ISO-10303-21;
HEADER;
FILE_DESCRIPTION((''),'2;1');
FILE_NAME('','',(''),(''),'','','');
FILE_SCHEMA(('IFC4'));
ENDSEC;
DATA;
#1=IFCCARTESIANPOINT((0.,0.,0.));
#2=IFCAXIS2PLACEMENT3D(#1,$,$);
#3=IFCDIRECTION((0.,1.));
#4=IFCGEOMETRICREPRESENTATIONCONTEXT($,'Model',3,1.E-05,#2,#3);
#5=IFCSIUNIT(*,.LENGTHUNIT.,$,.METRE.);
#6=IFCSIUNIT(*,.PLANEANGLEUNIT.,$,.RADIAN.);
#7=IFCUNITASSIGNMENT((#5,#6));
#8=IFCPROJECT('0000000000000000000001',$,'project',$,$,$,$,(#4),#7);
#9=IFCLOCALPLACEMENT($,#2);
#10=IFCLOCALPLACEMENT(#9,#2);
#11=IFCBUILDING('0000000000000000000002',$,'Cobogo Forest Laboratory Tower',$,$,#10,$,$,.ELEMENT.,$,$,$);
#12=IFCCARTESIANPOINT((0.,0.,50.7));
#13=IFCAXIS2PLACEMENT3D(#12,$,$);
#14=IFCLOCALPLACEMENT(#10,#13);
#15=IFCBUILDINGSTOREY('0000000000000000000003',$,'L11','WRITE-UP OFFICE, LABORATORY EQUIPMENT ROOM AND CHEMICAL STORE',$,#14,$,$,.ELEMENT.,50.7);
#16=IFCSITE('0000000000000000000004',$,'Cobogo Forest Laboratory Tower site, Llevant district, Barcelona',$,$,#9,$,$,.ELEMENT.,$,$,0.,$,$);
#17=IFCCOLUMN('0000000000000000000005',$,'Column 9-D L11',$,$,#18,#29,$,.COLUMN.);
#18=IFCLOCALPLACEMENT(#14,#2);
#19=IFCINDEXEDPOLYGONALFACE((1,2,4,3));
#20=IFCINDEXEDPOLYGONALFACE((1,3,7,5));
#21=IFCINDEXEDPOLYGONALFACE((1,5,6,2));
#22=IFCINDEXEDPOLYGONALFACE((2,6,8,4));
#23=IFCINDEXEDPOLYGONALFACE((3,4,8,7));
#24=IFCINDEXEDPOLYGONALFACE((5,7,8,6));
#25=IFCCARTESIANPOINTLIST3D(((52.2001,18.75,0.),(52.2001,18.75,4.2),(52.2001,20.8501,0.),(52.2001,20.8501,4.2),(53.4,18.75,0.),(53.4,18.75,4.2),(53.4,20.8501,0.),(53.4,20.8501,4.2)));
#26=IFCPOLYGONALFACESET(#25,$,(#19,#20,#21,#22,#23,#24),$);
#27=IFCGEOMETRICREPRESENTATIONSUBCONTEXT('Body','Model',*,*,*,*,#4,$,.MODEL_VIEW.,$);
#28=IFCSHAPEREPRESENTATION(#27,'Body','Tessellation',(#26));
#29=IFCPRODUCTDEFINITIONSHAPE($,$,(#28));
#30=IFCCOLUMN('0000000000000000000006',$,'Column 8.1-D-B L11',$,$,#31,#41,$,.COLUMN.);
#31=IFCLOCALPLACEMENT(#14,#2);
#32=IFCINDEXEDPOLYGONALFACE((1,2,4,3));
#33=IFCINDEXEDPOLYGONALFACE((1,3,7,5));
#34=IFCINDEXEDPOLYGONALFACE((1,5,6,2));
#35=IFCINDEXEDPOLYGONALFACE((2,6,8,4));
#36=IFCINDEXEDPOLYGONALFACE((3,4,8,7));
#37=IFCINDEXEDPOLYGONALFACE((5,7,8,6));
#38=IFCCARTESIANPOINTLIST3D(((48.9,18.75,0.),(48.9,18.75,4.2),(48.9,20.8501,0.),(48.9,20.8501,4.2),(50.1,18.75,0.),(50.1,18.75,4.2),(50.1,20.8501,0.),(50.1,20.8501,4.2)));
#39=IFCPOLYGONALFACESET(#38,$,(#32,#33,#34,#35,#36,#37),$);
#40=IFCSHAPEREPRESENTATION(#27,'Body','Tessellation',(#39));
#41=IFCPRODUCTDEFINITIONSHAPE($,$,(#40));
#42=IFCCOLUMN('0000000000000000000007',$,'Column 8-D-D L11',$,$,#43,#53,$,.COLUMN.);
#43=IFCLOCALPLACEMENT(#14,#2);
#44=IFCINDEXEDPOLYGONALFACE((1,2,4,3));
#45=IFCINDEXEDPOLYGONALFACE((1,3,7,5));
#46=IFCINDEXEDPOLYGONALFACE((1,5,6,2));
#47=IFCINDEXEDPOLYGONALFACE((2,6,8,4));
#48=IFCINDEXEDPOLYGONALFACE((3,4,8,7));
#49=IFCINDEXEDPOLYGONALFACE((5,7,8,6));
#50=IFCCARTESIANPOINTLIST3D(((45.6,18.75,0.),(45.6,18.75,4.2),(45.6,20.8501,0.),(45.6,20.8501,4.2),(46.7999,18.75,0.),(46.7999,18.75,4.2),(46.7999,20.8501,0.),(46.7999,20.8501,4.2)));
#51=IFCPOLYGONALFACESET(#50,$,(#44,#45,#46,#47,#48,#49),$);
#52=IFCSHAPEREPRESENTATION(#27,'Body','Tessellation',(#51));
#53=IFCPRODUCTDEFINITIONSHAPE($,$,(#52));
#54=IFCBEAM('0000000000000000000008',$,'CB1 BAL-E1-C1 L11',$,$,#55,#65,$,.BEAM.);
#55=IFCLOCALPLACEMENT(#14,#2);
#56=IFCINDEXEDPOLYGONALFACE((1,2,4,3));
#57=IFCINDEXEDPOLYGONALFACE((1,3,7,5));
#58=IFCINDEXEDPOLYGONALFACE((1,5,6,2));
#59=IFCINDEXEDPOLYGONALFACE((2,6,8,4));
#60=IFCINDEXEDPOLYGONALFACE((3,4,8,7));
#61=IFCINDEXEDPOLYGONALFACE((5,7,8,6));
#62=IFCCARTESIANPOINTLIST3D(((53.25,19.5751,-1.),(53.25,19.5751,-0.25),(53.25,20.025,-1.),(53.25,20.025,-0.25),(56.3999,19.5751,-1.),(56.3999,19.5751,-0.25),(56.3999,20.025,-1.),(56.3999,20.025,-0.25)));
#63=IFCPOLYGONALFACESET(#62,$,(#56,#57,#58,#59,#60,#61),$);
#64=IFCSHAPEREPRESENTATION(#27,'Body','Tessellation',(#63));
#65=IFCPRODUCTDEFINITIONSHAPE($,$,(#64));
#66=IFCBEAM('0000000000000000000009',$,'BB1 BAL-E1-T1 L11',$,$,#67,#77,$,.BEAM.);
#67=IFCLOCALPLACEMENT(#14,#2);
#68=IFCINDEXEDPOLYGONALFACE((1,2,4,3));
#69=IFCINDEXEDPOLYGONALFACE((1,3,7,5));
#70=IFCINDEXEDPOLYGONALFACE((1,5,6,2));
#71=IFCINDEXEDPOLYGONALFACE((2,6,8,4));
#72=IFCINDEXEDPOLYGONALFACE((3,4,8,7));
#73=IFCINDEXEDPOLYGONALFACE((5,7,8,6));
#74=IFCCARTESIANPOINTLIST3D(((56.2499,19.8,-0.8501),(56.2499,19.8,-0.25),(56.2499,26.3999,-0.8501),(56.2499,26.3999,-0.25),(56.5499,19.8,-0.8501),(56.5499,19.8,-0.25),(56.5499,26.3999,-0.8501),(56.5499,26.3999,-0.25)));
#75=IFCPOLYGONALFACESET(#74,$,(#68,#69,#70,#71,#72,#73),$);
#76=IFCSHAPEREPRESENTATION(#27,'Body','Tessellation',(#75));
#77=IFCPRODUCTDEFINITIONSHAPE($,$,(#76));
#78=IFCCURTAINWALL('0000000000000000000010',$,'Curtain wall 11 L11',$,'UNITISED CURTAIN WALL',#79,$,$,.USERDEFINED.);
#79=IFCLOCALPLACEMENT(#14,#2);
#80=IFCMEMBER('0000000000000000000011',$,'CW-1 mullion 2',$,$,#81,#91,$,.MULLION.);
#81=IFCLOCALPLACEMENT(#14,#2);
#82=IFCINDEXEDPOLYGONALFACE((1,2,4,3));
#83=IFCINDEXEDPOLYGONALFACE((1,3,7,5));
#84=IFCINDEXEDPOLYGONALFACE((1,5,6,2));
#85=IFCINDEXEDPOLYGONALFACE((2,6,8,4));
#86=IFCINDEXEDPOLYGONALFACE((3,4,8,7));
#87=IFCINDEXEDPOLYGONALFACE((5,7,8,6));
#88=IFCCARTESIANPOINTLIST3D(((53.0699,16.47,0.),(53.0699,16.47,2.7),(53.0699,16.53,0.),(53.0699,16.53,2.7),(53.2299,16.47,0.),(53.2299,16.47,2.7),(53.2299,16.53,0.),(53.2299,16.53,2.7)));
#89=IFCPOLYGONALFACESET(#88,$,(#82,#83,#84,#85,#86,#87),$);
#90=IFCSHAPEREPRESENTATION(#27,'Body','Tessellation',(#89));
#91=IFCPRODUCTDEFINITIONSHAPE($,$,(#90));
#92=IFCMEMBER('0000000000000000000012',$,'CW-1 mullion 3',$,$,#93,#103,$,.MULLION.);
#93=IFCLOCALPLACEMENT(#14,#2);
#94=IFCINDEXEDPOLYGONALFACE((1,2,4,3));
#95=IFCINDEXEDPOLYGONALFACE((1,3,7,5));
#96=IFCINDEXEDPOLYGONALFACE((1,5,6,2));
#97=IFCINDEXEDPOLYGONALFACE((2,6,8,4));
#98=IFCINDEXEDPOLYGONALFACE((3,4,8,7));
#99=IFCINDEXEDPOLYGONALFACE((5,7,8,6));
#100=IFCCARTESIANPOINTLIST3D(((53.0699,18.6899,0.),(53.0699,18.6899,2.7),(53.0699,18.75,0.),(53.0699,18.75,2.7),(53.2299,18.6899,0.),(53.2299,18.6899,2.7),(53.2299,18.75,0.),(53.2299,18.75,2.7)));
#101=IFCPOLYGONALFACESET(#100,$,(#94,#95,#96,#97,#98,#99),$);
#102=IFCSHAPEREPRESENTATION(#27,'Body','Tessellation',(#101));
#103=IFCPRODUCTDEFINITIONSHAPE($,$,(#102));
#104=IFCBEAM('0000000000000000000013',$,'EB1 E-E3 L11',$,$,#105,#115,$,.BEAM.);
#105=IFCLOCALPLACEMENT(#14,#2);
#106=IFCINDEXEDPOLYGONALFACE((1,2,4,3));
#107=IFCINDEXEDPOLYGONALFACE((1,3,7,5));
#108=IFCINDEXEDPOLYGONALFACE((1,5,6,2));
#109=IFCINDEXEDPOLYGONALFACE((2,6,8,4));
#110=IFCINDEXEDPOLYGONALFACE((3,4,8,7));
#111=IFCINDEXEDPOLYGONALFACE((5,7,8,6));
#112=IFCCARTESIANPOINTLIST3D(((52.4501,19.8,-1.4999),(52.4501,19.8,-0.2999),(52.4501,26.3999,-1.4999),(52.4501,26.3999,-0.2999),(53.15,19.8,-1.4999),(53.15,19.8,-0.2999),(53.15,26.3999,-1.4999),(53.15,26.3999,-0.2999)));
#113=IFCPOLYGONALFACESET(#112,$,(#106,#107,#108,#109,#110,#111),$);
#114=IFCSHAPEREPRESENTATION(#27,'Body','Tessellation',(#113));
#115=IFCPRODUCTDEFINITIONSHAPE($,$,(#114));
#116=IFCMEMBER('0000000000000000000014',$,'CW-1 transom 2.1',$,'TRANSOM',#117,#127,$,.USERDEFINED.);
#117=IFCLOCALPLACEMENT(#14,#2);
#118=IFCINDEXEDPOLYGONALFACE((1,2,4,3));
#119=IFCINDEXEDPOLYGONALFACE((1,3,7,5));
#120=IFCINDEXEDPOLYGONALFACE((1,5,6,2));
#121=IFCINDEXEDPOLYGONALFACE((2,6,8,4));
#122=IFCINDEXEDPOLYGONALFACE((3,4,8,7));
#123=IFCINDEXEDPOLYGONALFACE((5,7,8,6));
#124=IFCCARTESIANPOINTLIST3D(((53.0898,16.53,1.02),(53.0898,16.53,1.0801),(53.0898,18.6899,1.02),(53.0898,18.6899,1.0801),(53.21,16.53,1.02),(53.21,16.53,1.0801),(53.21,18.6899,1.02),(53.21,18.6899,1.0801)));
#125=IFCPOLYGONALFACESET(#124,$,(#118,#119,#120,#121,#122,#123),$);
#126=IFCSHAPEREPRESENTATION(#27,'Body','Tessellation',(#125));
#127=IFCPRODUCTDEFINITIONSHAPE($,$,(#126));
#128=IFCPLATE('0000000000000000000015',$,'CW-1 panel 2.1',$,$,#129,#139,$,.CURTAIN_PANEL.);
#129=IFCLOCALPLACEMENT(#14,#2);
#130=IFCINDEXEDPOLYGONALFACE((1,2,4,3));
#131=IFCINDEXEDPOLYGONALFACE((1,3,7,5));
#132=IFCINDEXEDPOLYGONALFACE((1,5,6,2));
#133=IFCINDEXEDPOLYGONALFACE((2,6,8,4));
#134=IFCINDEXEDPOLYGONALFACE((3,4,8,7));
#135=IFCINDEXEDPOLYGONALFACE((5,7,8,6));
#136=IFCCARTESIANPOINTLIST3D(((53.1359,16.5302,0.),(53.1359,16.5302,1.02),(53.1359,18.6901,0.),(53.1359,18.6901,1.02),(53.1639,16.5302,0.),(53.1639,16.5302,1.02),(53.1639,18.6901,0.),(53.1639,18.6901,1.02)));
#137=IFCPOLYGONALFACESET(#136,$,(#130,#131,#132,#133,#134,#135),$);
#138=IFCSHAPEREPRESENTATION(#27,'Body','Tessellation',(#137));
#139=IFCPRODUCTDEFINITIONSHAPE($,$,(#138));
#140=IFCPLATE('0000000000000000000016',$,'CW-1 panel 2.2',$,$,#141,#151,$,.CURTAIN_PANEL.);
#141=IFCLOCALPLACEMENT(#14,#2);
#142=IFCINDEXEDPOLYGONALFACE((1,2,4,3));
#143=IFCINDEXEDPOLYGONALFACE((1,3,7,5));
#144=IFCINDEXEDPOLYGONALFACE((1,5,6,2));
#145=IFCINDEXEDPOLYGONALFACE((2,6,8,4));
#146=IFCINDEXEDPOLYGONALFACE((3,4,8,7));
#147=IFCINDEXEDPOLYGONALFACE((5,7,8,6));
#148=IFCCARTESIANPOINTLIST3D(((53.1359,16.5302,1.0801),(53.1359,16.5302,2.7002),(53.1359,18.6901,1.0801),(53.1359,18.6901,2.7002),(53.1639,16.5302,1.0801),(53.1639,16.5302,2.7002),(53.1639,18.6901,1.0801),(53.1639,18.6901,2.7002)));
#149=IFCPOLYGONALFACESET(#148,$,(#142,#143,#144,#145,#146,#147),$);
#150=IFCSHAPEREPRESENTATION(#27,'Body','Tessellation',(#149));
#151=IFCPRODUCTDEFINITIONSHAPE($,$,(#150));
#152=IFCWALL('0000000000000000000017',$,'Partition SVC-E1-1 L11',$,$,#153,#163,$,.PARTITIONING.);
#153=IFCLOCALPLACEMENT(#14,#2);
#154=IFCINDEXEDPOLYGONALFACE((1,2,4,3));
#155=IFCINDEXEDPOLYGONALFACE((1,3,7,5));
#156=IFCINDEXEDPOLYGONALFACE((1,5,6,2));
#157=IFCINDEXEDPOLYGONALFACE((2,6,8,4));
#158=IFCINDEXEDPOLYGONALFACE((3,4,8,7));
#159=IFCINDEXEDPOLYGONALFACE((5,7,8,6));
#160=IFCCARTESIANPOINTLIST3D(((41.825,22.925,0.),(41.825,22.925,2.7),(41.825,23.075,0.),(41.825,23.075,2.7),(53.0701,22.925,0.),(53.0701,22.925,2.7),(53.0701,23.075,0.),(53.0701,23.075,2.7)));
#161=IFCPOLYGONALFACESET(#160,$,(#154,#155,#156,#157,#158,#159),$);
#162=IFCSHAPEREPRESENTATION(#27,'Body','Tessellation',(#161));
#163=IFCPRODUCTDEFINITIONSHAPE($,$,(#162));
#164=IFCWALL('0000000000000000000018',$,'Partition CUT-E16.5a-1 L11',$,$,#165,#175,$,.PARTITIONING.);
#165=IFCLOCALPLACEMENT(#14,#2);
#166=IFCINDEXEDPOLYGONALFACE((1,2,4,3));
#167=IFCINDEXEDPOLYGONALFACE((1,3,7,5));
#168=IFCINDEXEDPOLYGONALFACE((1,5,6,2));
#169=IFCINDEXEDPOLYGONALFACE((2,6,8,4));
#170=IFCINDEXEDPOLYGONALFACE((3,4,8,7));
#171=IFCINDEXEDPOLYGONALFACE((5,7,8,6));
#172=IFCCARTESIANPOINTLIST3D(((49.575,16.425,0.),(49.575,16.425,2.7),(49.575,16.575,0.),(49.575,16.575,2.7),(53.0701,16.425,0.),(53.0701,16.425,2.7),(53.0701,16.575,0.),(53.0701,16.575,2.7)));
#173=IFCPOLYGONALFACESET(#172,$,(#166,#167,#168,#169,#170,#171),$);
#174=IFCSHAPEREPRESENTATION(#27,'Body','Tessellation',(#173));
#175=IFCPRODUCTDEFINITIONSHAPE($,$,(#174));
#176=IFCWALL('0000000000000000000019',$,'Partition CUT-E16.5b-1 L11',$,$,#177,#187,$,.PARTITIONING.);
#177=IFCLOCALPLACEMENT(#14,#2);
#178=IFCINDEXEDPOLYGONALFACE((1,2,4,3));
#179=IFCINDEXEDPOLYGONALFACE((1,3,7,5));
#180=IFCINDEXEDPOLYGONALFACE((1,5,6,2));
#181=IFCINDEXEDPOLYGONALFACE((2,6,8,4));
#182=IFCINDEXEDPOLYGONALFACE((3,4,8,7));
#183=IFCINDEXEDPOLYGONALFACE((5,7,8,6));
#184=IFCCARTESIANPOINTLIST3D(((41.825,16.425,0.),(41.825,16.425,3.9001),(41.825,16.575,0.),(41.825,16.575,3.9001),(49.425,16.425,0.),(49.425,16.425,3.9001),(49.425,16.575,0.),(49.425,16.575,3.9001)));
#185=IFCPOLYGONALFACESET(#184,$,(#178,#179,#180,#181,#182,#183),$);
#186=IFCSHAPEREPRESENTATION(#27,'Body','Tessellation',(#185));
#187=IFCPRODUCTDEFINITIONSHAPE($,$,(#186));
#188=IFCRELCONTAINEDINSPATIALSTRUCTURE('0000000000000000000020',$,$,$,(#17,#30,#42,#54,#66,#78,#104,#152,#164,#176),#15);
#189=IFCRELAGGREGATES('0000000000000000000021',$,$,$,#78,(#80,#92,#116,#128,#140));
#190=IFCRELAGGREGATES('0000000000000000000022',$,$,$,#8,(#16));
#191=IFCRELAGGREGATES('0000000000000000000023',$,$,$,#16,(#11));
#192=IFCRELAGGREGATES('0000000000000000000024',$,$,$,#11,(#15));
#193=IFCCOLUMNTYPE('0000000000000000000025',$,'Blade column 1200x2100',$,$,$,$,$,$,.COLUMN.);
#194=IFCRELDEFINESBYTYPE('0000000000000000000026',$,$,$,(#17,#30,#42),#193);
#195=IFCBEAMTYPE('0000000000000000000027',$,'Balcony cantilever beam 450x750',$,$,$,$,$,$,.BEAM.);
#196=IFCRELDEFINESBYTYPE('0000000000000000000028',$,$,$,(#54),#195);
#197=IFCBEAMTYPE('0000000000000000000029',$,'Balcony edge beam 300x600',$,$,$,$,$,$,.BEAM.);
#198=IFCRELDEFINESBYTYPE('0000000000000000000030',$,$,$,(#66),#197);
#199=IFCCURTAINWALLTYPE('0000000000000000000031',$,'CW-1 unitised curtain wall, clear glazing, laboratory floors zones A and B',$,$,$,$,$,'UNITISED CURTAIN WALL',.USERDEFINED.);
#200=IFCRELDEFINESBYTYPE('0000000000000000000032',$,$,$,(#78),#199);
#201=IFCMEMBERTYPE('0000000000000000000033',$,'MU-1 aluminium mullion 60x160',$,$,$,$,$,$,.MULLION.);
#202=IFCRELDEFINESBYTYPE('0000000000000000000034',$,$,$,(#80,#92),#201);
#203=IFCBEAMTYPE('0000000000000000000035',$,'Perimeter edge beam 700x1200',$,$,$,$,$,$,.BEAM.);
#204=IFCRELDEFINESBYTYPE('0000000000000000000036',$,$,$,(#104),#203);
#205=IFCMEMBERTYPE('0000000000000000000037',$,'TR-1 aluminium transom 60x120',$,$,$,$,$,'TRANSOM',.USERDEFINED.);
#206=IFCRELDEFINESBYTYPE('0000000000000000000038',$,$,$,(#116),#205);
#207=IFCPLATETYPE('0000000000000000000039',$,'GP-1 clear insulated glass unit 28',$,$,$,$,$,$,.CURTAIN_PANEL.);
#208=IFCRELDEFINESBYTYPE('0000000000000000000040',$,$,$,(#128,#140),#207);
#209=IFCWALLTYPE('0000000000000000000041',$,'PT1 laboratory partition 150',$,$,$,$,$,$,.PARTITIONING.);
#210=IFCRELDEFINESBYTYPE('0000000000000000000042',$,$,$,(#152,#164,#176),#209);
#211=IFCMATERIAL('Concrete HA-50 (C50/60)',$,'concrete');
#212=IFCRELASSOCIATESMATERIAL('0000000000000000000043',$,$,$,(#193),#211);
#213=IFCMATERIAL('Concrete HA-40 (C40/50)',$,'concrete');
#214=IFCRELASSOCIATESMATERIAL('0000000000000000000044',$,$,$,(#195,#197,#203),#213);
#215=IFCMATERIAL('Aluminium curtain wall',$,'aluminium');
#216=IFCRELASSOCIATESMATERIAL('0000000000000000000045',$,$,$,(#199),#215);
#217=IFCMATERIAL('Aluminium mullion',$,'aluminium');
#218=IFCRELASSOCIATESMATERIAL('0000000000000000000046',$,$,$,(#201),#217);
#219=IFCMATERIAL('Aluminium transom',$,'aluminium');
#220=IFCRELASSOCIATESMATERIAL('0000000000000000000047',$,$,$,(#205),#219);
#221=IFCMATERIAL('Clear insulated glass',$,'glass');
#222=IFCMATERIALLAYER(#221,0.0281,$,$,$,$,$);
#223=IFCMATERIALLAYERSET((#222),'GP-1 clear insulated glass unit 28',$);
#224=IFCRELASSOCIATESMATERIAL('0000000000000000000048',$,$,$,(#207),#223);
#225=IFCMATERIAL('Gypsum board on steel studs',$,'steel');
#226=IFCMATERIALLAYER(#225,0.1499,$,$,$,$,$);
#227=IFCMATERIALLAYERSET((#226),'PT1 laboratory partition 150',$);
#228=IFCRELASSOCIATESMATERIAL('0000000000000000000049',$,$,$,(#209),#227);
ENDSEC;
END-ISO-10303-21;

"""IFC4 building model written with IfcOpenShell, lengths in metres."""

from ifc_helpers import new_model, si_unit, direction, frame, frame_2d, origin, origin_2d, place, context, subcontext, project, spatial, rectangle, extrude, material, layer, layer_set, material_profile, profile_set, type_object, element, aggregate, save


model = new_model("IFC4")

# Units and contexts
model_context = context("Model", 3, precision=1e-05, world=origin(), true_north=direction((0.0, 1.0)))
body_context = subcontext(model_context, "Body", "Model", "MODEL_VIEW")
ifc_project = project(units=[si_unit("LENGTHUNIT", "METRE"), si_unit("PLANEANGLEUNIT", "RADIAN")], contexts=[model_context])

# Site, building, storey
site_placement = place(None, origin())
site = spatial("IfcSite", under=ifc_project, at=site_placement, Name="Cobogo Forest Laboratory Tower site, Llevant district, Barcelona", CompositionType="ELEMENT", RefElevation=0.0)
building_placement = place(site_placement, origin())
building = spatial("IfcBuilding", under=site, at=building_placement, Name="Cobogo Forest Laboratory Tower", CompositionType="ELEMENT")
storey_placement = place(building_placement, frame((0.0, 0.0, 50.7)))
storey = spatial("IfcBuildingStorey", under=building, at=storey_placement, Name="L11", Description="WRITE-UP OFFICE, LABORATORY EQUIPMENT ROOM AND CHEMICAL STORE", CompositionType="ELEMENT", Elevation=50.7)

# Columns
ifc_material_1 = material(Name="Concrete HA-50 (C50/60)", Category="concrete")
ifc_material_profile_1 = material_profile(ifc_material_1, rectangle(XDim=2.1001, YDim=1.2, at=origin_2d()), Name="RC 1200x2100")
ifc_profile_set_1 = profile_set([ifc_material_profile_1], Name="Concrete HA-50 (C50/60)")
column_type = type_object("IfcColumnType", Name="Blade column 1200x2100", PredefinedType="COLUMN", material=ifc_profile_set_1)
for number, where, z_axis, x_axis, name in (
    (1, (52.8, 19.8, 0.0), (0.0, 0.0, 1.0), (0.0, 1.0, 0.0), "Column 9-D L11"),
    (2, (49.5, 19.8, 0.0), (0.0, 0.0, 1.0), (0.0, 1.0, 0.0), "Column 8.1-D-B L11"),
    (3, (46.2, 19.8, 0.0), (0.0, 0.0, 1.0), (0.0, 1.0, 0.0), "Column 8-D-D L11"),
):
    element("IfcColumn", number, at=place(storey_placement, frame(where, z_axis=z_axis, x_axis=x_axis)), inside=storey, type_object=column_type, Name=name, PredefinedType="COLUMN", context=body_context, shape_type="SweptSolid", body=[
        extrude(rectangle(XDim=2.1001, YDim=1.2, at=origin_2d()), origin(), (0.0, 0.0, 1.0), 4.2),
    ])

# Beams
ifc_material_2 = material(Name="Concrete HA-40 (C40/50)", Category="concrete")
ifc_material_profile_2 = material_profile(ifc_material_2, rectangle(XDim=0.45, YDim=0.75, at=origin_2d()), Name="RC 450x750")
ifc_profile_set_2 = profile_set([ifc_material_profile_2], Name="Concrete HA-40 (C40/50)")
beam_type_1 = type_object("IfcBeamType", Name="Balcony cantilever beam 450x750", PredefinedType="BEAM", material=ifc_profile_set_2)
beam_1_placement = place(storey_placement, frame((53.25, 19.8, -0.625), z_axis=(1.0, 0.0, 0.0), x_axis=(0.0, 1.0, 0.0)))
element("IfcBeam", 4, at=beam_1_placement, inside=storey, type_object=beam_type_1, Name="CB1 BAL-E1-C1 L11", PredefinedType="BEAM", context=body_context, shape_type="SweptSolid", body=[
    extrude(rectangle(XDim=0.45, YDim=0.75, at=origin_2d()), origin(), (0.0, 0.0, 1.0), 3.1499),
])
ifc_material_profile_3 = material_profile(ifc_material_2, rectangle(XDim=0.3, YDim=0.6001, at=origin_2d()), Name="RC 300x600")
ifc_profile_set_3 = profile_set([ifc_material_profile_3], Name="Concrete HA-40 (C40/50)")
beam_type_2 = type_object("IfcBeamType", Name="Balcony edge beam 300x600", PredefinedType="BEAM", material=ifc_profile_set_3)
beam_2_placement = place(storey_placement, frame((56.3999, 19.8, -0.55), z_axis=(0.0, 1.0, 0.0), x_axis=(-1.0, 0.0, 0.0)))
element("IfcBeam", 5, at=beam_2_placement, inside=storey, type_object=beam_type_2, Name="BB1 BAL-E1-T1 L11", PredefinedType="BEAM", context=body_context, shape_type="SweptSolid", body=[
    extrude(rectangle(XDim=0.3, YDim=0.6001, at=origin_2d()), origin(), (0.0, 0.0, 1.0), 6.5999),
])

# Curtain wall, members
ifc_material_3 = material(Name="Aluminium curtain wall", Category="aluminium")
curtain_wall_type = type_object("IfcCurtainWallType", Name="CW-1 unitised curtain wall, clear glazing, laboratory floors zones A and B", ElementType="UNITISED CURTAIN WALL", PredefinedType="USERDEFINED", material=ifc_material_3)
curtain_wall_placement = place(storey_placement, origin())
curtain_wall = element("IfcCurtainWall", 6, at=curtain_wall_placement, inside=storey, type_object=curtain_wall_type, Name="Curtain wall 11 L11", ObjectType="UNITISED CURTAIN WALL", PredefinedType="USERDEFINED")
ifc_material_4 = material(Name="Aluminium mullion", Category="aluminium")
ifc_material_profile_4 = material_profile(ifc_material_4, rectangle(XDim=0.0601, YDim=0.1599, at=origin_2d()), Name="AL 60x160")
ifc_profile_set_4 = profile_set([ifc_material_profile_4], Name="Aluminium mullion")
member_type_1 = type_object("IfcMemberType", Name="MU-1 aluminium mullion 60x160", PredefinedType="MULLION", material=ifc_profile_set_4)
member_1_placement = place(storey_placement, frame((53.1499, 16.5, 0.0), z_axis=(0.0, 0.0, 1.0), x_axis=(0.0, 1.0, 0.0)))
member_1 = element("IfcMember", 7, at=member_1_placement, type_object=member_type_1, Name="CW-1 mullion 2", PredefinedType="MULLION", context=body_context, shape_type="SweptSolid", body=[
    extrude(rectangle(XDim=0.0601, YDim=0.1599, at=origin_2d()), origin(), (0.0, 0.0, 1.0), 2.7),
])
member_2_placement = place(storey_placement, frame((53.1499, 18.72, 0.0), z_axis=(0.0, 0.0, 1.0), x_axis=(0.0, 1.0, 0.0)))
member_2 = element("IfcMember", 8, at=member_2_placement, type_object=member_type_1, Name="CW-1 mullion 3", PredefinedType="MULLION", context=body_context, shape_type="SweptSolid", body=[
    extrude(rectangle(XDim=0.0601, YDim=0.1599, at=origin_2d()), origin(), (0.0, 0.0, 1.0), 2.7),
])

# Beam
ifc_material_profile_5 = material_profile(ifc_material_2, rectangle(XDim=0.7, YDim=1.2, at=origin_2d()), Name="RC 700x1200")
ifc_profile_set_5 = profile_set([ifc_material_profile_5], Name="Concrete HA-40 (C40/50)")
beam_type_3 = type_object("IfcBeamType", Name="Perimeter edge beam 700x1200", PredefinedType="BEAM", material=ifc_profile_set_5)
beam_3_placement = place(storey_placement, frame((52.8, 19.8, -0.8999), z_axis=(0.0, 1.0, 0.0), x_axis=(-1.0, 0.0, 0.0)))
element("IfcBeam", 9, at=beam_3_placement, inside=storey, type_object=beam_type_3, Name="EB1 E-E3 L11", PredefinedType="BEAM", context=body_context, shape_type="SweptSolid", body=[
    extrude(rectangle(XDim=0.7, YDim=1.2, at=origin_2d()), origin(), (0.0, 0.0, 1.0), 6.5999),
])

# Member
ifc_material_5 = material(Name="Aluminium transom", Category="aluminium")
ifc_material_profile_6 = material_profile(ifc_material_5, rectangle(XDim=0.1201, YDim=0.0601, at=origin_2d()), Name="AL 60x120")
ifc_profile_set_6 = profile_set([ifc_material_profile_6], Name="Aluminium transom")
member_type_2 = type_object("IfcMemberType", Name="TR-1 aluminium transom 60x120", ElementType="TRANSOM", PredefinedType="USERDEFINED", material=ifc_profile_set_6)
member_3_placement = place(storey_placement, frame((53.1499, 16.53, 1.05), z_axis=(0.0, 1.0, 0.0), x_axis=(-1.0, 0.0, 0.0)))
member_3 = element("IfcMember", 10, at=member_3_placement, type_object=member_type_2, Name="CW-1 transom 2.1", ObjectType="TRANSOM", PredefinedType="USERDEFINED", context=body_context, shape_type="SweptSolid", body=[
    extrude(rectangle(XDim=0.1201, YDim=0.0601, at=origin_2d()), origin(), (0.0, 0.0, 1.0), 2.1599),
])

# Plates
ifc_material_6 = material(Name="Clear insulated glass", Category="glass")
ifc_layer_1 = layer(ifc_material_6, 0.0281)
ifc_layer_set_1 = layer_set([ifc_layer_1], Name="GP-1 clear insulated glass unit 28")
plate_type = type_object("IfcPlateType", Name="GP-1 clear insulated glass unit 28", PredefinedType="CURTAIN_PANEL", material=ifc_layer_set_1)
plate_1_placement = place(storey_placement, frame((53.1499, 17.6101, 0.0), z_axis=(0.0, 0.0, 1.0), x_axis=(0.0, 1.0, 0.0)))
plate_1 = element("IfcPlate", 11, at=plate_1_placement, type_object=plate_type, Name="CW-1 panel 2.1", PredefinedType="CURTAIN_PANEL", context=body_context, shape_type="SweptSolid", body=[
    extrude(rectangle(XDim=2.1599, YDim=0.0281, at=origin_2d()), origin(), (0.0, 0.0, 1.0), 1.02),
])
plate_2_placement = place(storey_placement, frame((53.1499, 17.6101, 1.0801), z_axis=(0.0, 0.0, 1.0), x_axis=(0.0, 1.0, 0.0)))
plate_2 = element("IfcPlate", 12, at=plate_2_placement, type_object=plate_type, Name="CW-1 panel 2.2", PredefinedType="CURTAIN_PANEL", context=body_context, shape_type="SweptSolid", body=[
    extrude(rectangle(XDim=2.1599, YDim=0.0281, at=origin_2d()), origin(), (0.0, 0.0, 1.0), 1.6201),
])
aggregate(curtain_wall, [member_1, member_2, member_3, plate_1, plate_2])

# Walls
ifc_material_7 = material(Name="Gypsum board on steel studs", Category="steel")
ifc_layer_2 = layer(ifc_material_7, 0.1499)
ifc_layer_set_2 = layer_set([ifc_layer_2], Name="PT1 laboratory partition 150")
wall_type_1 = type_object("IfcWallType", Name="PT1 laboratory partition 150", PredefinedType="PARTITIONING", material=ifc_layer_set_2)
wall_1_placement = place(storey_placement, frame((53.0701, 23.0, 0.0), z_axis=(0.0, 0.0, 1.0), x_axis=(-1.0, 0.0, 0.0)))
element("IfcWall", 13, at=wall_1_placement, inside=storey, type_object=wall_type_1, Name="Partition SVC-E1-1 L11", PredefinedType="PARTITIONING", context=body_context, shape_type="SweptSolid", body=[
    extrude(rectangle(XDim=11.2451, YDim=0.1499, at=frame_2d((5.6226, 0.0))), origin(), (0.0, 0.0, 1.0), 2.7),
])
wall_2_placement = place(storey_placement, frame((53.0701, 16.5, 0.0), z_axis=(0.0, 0.0, 1.0), x_axis=(-1.0, 0.0, 0.0)))
element("IfcWall", 14, at=wall_2_placement, inside=storey, type_object=wall_type_1, Name="Partition CUT-E16.5a-1 L11", PredefinedType="PARTITIONING", context=body_context, shape_type="SweptSolid", body=[
    extrude(rectangle(XDim=3.4951, YDim=0.1499, at=frame_2d((1.7476, 0.0))), origin(), (0.0, 0.0, 1.0), 2.7),
])
wall_3_placement = place(storey_placement, frame((49.425, 16.5, 0.0), z_axis=(0.0, 0.0, 1.0), x_axis=(-1.0, 0.0, 0.0)))
element("IfcWall", 15, at=wall_3_placement, inside=storey, type_object=wall_type_1, Name="Partition CUT-E16.5b-1 L11", PredefinedType="PARTITIONING", context=body_context, shape_type="SweptSolid", body=[
    extrude(rectangle(XDim=7.6001, YDim=0.1499, at=frame_2d((3.8, 0.0))), origin(), (0.0, 0.0, 1.0), 3.9001),
])

save(model, "model.ifc")
